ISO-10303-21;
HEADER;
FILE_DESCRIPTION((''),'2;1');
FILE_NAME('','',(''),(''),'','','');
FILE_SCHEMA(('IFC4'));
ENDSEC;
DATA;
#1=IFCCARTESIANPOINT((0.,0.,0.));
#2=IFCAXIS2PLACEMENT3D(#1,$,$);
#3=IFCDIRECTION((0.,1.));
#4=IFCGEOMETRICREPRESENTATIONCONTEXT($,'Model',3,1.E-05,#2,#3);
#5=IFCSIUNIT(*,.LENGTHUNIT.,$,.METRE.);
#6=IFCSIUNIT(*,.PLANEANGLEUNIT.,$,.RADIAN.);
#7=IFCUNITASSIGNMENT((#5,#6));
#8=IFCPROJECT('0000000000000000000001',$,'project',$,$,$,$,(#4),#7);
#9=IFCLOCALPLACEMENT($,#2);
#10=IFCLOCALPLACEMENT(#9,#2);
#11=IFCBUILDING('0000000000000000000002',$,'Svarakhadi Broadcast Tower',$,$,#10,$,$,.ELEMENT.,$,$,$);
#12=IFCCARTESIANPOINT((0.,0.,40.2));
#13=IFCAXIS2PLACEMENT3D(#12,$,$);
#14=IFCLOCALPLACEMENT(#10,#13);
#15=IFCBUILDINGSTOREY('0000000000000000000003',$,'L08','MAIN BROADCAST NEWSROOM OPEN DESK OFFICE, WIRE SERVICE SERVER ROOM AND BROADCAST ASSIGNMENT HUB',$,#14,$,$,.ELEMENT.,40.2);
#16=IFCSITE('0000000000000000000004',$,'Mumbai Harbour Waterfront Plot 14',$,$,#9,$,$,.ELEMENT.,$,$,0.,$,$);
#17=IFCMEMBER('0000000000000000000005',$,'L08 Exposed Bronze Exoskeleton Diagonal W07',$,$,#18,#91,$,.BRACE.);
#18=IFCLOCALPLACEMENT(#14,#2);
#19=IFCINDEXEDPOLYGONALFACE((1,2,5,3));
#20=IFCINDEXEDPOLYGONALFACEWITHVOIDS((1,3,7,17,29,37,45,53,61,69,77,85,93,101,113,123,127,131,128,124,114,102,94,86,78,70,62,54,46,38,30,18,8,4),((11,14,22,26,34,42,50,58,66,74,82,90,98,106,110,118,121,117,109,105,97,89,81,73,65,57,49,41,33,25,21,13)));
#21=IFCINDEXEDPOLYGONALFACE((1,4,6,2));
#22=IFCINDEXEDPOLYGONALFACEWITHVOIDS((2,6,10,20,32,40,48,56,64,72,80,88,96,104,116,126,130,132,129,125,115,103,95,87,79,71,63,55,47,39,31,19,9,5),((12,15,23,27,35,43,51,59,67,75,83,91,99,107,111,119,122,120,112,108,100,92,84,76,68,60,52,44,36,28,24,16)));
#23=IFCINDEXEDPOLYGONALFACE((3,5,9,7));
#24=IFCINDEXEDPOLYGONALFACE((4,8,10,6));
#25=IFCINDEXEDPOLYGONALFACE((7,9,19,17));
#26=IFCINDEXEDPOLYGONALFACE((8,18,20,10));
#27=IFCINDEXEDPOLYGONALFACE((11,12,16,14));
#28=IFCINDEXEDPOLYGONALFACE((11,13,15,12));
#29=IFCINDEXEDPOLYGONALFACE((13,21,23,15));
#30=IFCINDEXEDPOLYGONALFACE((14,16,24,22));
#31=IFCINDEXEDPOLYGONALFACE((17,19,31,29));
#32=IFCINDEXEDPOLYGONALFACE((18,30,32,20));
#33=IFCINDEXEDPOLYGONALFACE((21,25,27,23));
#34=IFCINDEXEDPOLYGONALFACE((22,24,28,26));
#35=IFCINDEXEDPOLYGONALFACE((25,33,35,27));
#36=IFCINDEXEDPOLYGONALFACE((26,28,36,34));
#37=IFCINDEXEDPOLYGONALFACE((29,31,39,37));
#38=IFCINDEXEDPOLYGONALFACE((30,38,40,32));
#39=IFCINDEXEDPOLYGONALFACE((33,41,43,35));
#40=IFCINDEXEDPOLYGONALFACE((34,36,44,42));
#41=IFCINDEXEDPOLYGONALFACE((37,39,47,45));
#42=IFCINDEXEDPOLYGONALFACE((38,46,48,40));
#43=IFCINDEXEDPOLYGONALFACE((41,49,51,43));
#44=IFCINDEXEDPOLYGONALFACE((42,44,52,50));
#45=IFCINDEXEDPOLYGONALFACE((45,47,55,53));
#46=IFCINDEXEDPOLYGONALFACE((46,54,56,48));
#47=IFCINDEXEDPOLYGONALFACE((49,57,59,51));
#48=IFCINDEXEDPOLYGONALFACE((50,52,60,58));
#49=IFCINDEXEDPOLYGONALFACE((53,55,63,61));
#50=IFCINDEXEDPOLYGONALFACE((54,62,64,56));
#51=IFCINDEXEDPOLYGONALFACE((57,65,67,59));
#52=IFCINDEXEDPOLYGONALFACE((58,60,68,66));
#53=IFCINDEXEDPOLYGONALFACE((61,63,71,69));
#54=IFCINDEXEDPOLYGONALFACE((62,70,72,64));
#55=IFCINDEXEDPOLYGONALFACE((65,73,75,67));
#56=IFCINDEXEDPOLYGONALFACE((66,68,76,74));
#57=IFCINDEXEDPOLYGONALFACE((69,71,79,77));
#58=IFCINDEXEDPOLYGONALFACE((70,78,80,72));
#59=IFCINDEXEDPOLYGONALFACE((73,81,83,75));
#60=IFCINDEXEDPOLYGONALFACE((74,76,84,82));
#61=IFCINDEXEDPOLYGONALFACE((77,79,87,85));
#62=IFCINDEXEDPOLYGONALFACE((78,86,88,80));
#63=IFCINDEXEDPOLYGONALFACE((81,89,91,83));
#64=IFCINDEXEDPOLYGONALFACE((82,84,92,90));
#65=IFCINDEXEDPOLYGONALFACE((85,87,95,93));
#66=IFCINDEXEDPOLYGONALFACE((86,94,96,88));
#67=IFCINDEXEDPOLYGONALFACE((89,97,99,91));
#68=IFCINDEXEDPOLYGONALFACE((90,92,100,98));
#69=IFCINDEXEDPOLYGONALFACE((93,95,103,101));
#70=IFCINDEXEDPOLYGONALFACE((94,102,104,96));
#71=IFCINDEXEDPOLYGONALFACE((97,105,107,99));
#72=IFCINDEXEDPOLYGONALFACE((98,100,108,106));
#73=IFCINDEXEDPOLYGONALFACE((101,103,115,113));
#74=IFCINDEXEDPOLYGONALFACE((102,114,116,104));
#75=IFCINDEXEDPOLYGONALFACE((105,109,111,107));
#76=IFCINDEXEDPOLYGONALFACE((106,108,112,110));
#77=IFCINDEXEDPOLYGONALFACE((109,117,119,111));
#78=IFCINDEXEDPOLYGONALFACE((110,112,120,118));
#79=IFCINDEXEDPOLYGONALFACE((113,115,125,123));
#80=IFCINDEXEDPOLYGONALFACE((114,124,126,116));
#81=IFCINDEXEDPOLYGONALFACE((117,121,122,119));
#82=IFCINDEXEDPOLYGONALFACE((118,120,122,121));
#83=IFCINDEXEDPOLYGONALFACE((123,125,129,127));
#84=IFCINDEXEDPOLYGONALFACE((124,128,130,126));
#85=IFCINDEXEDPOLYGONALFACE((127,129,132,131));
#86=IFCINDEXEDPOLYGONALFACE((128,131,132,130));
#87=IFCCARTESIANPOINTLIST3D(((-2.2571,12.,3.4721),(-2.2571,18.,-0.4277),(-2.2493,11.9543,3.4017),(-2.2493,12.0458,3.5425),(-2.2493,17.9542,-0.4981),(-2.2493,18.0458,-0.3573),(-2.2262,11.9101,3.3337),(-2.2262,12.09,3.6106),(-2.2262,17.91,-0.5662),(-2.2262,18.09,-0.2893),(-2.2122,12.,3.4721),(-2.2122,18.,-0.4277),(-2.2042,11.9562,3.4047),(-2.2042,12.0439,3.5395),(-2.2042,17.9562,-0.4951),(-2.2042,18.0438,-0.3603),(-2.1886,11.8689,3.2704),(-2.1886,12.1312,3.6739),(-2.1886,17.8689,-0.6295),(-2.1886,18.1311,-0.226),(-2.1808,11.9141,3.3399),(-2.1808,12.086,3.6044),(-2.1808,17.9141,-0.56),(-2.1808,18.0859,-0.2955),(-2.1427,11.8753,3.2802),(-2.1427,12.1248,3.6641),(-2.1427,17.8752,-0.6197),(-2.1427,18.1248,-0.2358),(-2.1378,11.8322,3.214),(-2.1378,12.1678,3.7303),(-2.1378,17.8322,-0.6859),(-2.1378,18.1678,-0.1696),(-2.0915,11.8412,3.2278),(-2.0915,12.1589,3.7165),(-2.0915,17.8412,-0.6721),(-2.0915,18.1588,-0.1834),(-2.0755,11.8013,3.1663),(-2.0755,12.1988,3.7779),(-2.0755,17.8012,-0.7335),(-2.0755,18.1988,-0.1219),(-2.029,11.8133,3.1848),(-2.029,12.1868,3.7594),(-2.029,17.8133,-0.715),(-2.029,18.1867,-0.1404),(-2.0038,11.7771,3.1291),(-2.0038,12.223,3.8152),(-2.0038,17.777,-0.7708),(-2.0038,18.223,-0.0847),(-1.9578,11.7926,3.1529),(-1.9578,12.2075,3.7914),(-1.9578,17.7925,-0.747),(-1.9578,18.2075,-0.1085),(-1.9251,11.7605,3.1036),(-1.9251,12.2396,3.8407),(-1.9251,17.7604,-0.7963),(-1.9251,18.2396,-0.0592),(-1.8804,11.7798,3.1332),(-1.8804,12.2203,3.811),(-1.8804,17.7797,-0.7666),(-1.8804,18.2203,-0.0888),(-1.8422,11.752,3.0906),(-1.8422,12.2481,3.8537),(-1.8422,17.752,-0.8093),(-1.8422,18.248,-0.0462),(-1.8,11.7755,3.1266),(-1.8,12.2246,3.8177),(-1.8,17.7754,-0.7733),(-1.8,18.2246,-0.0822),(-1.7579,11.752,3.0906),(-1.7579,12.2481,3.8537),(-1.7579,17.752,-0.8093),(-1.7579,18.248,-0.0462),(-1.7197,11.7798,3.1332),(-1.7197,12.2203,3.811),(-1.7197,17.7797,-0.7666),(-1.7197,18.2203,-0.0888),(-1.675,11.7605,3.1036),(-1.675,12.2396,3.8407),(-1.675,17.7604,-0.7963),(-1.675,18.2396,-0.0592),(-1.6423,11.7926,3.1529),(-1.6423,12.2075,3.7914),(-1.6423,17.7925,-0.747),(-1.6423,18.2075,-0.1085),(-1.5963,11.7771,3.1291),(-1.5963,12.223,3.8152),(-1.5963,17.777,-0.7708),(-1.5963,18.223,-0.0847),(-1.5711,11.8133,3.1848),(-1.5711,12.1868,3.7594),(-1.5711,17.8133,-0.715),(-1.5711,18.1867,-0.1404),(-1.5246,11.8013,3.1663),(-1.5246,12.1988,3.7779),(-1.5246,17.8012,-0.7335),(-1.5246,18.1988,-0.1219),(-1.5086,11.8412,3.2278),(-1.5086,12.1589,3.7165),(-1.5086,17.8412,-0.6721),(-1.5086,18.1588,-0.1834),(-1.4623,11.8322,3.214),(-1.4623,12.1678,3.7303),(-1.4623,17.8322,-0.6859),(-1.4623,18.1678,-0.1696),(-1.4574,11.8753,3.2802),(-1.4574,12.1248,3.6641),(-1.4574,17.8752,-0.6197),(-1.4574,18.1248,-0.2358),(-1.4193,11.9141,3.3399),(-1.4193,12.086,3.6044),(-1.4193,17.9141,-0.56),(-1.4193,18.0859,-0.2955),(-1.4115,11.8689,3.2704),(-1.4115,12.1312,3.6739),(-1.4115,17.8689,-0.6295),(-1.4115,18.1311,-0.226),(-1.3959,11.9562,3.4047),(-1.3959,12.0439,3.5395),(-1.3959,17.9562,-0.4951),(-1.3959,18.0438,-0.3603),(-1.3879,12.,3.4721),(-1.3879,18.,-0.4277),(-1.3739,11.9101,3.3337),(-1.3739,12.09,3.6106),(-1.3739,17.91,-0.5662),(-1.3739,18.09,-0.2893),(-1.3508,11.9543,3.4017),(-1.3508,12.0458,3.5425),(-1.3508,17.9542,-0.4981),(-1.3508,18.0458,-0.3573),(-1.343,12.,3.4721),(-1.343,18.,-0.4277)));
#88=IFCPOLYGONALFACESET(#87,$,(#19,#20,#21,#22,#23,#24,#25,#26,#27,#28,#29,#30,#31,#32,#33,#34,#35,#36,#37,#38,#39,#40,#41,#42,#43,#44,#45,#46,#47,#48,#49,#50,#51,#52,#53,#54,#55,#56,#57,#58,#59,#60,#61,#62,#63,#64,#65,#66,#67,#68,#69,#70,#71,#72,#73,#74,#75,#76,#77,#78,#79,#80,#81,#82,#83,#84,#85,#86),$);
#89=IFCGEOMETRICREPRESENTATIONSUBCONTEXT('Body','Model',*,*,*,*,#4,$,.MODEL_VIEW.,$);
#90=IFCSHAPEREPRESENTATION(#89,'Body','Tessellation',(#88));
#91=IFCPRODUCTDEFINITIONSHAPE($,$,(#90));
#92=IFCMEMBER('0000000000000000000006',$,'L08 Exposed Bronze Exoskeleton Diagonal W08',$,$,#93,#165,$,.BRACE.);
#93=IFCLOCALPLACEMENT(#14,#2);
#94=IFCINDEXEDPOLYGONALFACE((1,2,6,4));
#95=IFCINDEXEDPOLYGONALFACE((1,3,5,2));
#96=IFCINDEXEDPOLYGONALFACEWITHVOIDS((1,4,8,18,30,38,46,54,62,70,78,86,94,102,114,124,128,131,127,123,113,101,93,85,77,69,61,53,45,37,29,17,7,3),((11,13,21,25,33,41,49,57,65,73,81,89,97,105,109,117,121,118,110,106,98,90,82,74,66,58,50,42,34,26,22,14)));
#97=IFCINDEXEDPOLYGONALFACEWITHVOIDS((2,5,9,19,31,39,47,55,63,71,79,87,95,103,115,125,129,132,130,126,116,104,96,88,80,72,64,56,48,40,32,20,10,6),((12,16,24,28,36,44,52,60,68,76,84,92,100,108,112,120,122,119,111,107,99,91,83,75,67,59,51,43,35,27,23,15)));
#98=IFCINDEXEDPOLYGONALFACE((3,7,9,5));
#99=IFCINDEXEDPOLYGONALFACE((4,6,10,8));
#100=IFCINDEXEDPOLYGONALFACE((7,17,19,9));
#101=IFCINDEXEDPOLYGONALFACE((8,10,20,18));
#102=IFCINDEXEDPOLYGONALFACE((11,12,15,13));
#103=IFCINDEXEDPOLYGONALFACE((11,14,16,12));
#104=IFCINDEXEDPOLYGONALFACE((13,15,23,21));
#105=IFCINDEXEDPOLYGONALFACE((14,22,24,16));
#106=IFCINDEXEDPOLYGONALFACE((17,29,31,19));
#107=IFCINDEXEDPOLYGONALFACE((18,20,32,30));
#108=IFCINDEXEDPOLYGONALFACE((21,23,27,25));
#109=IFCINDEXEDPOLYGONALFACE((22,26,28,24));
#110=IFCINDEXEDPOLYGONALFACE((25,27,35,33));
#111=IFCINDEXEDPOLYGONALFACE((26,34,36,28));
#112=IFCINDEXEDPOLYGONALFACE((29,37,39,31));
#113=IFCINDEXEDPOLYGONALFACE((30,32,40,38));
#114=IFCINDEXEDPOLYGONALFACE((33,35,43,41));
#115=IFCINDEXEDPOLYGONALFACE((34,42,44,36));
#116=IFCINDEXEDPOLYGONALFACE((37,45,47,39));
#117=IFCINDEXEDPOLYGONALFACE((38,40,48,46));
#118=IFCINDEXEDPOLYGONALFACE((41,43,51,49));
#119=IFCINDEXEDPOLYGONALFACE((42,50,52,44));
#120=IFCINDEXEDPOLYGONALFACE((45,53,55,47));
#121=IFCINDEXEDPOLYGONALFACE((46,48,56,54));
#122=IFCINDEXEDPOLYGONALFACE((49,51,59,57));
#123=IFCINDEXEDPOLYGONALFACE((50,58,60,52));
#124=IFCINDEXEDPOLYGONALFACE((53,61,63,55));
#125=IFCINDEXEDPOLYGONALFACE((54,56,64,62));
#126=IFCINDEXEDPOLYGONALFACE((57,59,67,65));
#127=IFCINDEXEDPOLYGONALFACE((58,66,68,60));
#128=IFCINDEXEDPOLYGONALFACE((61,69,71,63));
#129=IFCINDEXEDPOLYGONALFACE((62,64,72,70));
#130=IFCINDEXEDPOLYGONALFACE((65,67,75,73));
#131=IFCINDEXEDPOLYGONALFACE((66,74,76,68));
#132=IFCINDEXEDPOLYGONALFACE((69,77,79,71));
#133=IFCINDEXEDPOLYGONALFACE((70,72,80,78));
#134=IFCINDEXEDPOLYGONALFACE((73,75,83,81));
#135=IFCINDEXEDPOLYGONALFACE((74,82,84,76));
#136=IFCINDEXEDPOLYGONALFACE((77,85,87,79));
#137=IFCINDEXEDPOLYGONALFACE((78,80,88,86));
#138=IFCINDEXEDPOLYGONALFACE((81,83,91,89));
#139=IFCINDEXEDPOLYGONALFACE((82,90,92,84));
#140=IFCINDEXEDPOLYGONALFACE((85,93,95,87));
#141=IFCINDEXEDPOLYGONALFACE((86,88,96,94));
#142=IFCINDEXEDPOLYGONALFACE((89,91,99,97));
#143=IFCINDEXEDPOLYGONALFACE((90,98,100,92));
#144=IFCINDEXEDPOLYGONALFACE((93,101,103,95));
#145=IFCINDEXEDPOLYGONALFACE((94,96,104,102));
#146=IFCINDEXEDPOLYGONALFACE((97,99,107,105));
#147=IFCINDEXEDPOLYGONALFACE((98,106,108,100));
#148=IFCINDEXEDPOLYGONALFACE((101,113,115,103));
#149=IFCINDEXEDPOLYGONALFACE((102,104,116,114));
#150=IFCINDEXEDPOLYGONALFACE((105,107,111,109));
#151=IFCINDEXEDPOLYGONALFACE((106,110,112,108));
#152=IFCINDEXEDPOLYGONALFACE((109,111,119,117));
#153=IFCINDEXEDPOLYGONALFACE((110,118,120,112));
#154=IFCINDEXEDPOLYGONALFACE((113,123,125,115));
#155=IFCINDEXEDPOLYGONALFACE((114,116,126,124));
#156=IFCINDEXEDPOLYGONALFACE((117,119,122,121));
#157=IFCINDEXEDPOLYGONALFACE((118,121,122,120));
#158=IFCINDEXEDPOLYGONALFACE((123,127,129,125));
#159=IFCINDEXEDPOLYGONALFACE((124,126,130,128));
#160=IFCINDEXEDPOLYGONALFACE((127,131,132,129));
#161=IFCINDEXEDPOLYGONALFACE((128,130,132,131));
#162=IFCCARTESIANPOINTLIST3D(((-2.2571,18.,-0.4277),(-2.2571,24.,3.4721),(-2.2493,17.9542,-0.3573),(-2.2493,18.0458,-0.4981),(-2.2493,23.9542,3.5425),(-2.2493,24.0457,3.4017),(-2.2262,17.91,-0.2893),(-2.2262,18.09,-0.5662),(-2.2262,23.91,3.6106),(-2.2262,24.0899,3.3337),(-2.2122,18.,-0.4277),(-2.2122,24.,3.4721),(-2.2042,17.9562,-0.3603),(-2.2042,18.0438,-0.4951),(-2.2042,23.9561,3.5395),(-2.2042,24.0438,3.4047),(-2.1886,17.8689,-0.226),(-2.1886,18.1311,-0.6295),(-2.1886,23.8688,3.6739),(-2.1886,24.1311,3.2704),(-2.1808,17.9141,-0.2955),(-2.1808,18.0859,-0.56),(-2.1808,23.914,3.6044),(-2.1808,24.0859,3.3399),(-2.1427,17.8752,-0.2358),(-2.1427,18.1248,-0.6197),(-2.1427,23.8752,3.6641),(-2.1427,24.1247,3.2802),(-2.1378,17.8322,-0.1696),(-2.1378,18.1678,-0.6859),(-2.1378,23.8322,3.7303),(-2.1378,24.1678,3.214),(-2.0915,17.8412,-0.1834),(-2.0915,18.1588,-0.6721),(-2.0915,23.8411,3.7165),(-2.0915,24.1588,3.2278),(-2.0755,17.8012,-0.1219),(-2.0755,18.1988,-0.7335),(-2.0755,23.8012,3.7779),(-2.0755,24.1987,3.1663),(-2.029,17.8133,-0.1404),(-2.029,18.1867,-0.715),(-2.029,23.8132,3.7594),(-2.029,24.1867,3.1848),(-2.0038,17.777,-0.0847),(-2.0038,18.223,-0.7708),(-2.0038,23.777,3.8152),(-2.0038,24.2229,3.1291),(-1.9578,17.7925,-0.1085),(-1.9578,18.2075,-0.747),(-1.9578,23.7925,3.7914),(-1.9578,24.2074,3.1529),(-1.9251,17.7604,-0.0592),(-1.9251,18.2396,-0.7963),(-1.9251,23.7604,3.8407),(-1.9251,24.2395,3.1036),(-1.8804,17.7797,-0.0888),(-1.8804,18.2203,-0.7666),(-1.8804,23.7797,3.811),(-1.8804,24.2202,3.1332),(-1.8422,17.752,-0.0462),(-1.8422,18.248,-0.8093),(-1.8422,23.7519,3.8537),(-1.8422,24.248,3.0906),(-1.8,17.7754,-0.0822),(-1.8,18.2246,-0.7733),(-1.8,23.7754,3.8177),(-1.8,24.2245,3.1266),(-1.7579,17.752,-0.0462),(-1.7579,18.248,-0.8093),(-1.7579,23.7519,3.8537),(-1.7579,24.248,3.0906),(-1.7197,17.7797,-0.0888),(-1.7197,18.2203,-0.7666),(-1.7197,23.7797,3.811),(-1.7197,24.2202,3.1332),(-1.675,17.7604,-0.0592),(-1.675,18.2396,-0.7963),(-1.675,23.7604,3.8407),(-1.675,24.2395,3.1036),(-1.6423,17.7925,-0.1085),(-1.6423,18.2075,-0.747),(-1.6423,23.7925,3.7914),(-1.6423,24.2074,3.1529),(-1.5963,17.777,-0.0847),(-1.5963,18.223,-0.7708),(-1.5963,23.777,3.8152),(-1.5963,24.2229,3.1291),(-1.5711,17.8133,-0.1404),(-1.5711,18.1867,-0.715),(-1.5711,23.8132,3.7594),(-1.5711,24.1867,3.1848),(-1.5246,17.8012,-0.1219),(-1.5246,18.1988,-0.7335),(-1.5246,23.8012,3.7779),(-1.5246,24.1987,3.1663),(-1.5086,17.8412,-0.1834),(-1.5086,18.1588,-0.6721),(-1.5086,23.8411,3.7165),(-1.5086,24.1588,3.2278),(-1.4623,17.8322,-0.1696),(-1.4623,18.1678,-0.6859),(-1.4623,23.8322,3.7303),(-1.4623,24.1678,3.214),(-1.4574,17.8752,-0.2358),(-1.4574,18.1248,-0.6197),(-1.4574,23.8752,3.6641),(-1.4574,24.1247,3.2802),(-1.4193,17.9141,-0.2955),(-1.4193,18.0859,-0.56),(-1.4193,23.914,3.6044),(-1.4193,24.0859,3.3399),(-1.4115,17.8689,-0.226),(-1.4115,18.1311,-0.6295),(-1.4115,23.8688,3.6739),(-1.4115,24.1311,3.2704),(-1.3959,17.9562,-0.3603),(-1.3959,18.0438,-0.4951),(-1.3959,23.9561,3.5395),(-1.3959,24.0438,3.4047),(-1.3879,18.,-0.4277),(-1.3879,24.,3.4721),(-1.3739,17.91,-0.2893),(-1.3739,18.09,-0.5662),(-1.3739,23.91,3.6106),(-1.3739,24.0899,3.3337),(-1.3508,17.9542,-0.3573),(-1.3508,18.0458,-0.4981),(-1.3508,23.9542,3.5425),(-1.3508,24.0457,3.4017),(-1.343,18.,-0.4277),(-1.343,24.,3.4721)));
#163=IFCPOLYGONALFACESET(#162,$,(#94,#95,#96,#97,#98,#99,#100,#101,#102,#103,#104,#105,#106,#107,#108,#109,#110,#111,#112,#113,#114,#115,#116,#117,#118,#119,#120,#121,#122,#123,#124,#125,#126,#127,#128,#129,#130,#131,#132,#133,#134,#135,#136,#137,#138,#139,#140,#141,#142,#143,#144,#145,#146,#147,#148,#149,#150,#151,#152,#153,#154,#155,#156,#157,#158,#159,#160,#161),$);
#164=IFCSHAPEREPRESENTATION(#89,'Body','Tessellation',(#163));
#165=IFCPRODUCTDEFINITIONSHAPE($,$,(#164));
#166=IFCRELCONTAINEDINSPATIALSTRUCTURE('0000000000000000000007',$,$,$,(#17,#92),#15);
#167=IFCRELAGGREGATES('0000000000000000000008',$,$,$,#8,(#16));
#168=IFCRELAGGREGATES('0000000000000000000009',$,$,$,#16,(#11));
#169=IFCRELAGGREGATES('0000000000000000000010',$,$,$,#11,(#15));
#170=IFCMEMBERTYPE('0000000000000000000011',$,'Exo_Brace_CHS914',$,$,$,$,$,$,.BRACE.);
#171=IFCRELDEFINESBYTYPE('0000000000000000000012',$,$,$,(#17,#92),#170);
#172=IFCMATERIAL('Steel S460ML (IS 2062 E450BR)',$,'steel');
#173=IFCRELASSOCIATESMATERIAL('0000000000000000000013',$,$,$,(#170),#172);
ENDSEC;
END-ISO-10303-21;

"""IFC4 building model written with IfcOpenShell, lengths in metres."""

from ifc_helpers import new_model, si_unit, direction, frame, origin, origin_2d, place, context, subcontext, project, spatial, hollow_circle, extrude, material, material_profile, profile_set, type_object, element, save


model = new_model("IFC4")

# Units and contexts
model_context = context("Model", 3, precision=1e-05, world=origin(), true_north=direction((0.0, 1.0)))
body_context = subcontext(model_context, "Body", "Model", "MODEL_VIEW")
ifc_project = project(units=[si_unit("LENGTHUNIT", "METRE"), si_unit("PLANEANGLEUNIT", "RADIAN")], contexts=[model_context])

# Site, building, storey
site_placement = place(None, origin())
site = spatial("IfcSite", under=ifc_project, at=site_placement, Name="Mumbai Harbour Waterfront Plot 14", CompositionType="ELEMENT", RefElevation=0.0)
building_placement = place(site_placement, origin())
building = spatial("IfcBuilding", under=site, at=building_placement, Name="Svarakhadi Broadcast Tower", CompositionType="ELEMENT")
storey_placement = place(building_placement, frame((0.0, 0.0, 40.2)))
storey = spatial("IfcBuildingStorey", under=building, at=storey_placement, Name="L08", Description="MAIN BROADCAST NEWSROOM OPEN DESK OFFICE, WIRE SERVICE SERVER ROOM AND BROADCAST ASSIGNMENT HUB", CompositionType="ELEMENT", Elevation=40.2)

# Shared definitions
ifc_material_1 = material(Name="Steel S460ML (IS 2062 E450BR)", Category="steel")

# Members
ifc_material_profile_1 = material_profile(ifc_material_1, hollow_circle(Radius=0.457, WallThickness=0.0449, at=origin_2d()), Name="CHS 914x45")
ifc_profile_set_1 = profile_set([ifc_material_profile_1], Name="Steel S460ML (IS 2062 E450BR)")
member_type_1 = type_object("IfcMemberType", Name="Exo_Brace_CHS914", PredefinedType="BRACE", material=ifc_profile_set_1)
for number, where, z_axis, x_axis, name in (
    (1, (-1.8, 18.0, -0.4277), (0.0, -0.83845, 0.544979), (1.0, 0.0, 0.0), "L08 Exposed Bronze Exoskeleton Diagonal W07"),
    (2, (-1.8, 18.0, -0.4277), (0.0, 0.83845, 0.544979), (-1.0, 0.0, 0.0), "L08 Exposed Bronze Exoskeleton Diagonal W08"),
):
    element("IfcMember", number, at=place(storey_placement, frame(where, z_axis=z_axis, x_axis=x_axis)), inside=storey, type_object=member_type_1, Name=name, PredefinedType="BRACE", context=body_context, shape_type="SweptSolid", body=[
        extrude(hollow_circle(Radius=0.457, WallThickness=0.0449, at=origin_2d()), origin(), (0.0, 0.0, 1.0), 7.156),
    ])

save(model, "model.ifc")
